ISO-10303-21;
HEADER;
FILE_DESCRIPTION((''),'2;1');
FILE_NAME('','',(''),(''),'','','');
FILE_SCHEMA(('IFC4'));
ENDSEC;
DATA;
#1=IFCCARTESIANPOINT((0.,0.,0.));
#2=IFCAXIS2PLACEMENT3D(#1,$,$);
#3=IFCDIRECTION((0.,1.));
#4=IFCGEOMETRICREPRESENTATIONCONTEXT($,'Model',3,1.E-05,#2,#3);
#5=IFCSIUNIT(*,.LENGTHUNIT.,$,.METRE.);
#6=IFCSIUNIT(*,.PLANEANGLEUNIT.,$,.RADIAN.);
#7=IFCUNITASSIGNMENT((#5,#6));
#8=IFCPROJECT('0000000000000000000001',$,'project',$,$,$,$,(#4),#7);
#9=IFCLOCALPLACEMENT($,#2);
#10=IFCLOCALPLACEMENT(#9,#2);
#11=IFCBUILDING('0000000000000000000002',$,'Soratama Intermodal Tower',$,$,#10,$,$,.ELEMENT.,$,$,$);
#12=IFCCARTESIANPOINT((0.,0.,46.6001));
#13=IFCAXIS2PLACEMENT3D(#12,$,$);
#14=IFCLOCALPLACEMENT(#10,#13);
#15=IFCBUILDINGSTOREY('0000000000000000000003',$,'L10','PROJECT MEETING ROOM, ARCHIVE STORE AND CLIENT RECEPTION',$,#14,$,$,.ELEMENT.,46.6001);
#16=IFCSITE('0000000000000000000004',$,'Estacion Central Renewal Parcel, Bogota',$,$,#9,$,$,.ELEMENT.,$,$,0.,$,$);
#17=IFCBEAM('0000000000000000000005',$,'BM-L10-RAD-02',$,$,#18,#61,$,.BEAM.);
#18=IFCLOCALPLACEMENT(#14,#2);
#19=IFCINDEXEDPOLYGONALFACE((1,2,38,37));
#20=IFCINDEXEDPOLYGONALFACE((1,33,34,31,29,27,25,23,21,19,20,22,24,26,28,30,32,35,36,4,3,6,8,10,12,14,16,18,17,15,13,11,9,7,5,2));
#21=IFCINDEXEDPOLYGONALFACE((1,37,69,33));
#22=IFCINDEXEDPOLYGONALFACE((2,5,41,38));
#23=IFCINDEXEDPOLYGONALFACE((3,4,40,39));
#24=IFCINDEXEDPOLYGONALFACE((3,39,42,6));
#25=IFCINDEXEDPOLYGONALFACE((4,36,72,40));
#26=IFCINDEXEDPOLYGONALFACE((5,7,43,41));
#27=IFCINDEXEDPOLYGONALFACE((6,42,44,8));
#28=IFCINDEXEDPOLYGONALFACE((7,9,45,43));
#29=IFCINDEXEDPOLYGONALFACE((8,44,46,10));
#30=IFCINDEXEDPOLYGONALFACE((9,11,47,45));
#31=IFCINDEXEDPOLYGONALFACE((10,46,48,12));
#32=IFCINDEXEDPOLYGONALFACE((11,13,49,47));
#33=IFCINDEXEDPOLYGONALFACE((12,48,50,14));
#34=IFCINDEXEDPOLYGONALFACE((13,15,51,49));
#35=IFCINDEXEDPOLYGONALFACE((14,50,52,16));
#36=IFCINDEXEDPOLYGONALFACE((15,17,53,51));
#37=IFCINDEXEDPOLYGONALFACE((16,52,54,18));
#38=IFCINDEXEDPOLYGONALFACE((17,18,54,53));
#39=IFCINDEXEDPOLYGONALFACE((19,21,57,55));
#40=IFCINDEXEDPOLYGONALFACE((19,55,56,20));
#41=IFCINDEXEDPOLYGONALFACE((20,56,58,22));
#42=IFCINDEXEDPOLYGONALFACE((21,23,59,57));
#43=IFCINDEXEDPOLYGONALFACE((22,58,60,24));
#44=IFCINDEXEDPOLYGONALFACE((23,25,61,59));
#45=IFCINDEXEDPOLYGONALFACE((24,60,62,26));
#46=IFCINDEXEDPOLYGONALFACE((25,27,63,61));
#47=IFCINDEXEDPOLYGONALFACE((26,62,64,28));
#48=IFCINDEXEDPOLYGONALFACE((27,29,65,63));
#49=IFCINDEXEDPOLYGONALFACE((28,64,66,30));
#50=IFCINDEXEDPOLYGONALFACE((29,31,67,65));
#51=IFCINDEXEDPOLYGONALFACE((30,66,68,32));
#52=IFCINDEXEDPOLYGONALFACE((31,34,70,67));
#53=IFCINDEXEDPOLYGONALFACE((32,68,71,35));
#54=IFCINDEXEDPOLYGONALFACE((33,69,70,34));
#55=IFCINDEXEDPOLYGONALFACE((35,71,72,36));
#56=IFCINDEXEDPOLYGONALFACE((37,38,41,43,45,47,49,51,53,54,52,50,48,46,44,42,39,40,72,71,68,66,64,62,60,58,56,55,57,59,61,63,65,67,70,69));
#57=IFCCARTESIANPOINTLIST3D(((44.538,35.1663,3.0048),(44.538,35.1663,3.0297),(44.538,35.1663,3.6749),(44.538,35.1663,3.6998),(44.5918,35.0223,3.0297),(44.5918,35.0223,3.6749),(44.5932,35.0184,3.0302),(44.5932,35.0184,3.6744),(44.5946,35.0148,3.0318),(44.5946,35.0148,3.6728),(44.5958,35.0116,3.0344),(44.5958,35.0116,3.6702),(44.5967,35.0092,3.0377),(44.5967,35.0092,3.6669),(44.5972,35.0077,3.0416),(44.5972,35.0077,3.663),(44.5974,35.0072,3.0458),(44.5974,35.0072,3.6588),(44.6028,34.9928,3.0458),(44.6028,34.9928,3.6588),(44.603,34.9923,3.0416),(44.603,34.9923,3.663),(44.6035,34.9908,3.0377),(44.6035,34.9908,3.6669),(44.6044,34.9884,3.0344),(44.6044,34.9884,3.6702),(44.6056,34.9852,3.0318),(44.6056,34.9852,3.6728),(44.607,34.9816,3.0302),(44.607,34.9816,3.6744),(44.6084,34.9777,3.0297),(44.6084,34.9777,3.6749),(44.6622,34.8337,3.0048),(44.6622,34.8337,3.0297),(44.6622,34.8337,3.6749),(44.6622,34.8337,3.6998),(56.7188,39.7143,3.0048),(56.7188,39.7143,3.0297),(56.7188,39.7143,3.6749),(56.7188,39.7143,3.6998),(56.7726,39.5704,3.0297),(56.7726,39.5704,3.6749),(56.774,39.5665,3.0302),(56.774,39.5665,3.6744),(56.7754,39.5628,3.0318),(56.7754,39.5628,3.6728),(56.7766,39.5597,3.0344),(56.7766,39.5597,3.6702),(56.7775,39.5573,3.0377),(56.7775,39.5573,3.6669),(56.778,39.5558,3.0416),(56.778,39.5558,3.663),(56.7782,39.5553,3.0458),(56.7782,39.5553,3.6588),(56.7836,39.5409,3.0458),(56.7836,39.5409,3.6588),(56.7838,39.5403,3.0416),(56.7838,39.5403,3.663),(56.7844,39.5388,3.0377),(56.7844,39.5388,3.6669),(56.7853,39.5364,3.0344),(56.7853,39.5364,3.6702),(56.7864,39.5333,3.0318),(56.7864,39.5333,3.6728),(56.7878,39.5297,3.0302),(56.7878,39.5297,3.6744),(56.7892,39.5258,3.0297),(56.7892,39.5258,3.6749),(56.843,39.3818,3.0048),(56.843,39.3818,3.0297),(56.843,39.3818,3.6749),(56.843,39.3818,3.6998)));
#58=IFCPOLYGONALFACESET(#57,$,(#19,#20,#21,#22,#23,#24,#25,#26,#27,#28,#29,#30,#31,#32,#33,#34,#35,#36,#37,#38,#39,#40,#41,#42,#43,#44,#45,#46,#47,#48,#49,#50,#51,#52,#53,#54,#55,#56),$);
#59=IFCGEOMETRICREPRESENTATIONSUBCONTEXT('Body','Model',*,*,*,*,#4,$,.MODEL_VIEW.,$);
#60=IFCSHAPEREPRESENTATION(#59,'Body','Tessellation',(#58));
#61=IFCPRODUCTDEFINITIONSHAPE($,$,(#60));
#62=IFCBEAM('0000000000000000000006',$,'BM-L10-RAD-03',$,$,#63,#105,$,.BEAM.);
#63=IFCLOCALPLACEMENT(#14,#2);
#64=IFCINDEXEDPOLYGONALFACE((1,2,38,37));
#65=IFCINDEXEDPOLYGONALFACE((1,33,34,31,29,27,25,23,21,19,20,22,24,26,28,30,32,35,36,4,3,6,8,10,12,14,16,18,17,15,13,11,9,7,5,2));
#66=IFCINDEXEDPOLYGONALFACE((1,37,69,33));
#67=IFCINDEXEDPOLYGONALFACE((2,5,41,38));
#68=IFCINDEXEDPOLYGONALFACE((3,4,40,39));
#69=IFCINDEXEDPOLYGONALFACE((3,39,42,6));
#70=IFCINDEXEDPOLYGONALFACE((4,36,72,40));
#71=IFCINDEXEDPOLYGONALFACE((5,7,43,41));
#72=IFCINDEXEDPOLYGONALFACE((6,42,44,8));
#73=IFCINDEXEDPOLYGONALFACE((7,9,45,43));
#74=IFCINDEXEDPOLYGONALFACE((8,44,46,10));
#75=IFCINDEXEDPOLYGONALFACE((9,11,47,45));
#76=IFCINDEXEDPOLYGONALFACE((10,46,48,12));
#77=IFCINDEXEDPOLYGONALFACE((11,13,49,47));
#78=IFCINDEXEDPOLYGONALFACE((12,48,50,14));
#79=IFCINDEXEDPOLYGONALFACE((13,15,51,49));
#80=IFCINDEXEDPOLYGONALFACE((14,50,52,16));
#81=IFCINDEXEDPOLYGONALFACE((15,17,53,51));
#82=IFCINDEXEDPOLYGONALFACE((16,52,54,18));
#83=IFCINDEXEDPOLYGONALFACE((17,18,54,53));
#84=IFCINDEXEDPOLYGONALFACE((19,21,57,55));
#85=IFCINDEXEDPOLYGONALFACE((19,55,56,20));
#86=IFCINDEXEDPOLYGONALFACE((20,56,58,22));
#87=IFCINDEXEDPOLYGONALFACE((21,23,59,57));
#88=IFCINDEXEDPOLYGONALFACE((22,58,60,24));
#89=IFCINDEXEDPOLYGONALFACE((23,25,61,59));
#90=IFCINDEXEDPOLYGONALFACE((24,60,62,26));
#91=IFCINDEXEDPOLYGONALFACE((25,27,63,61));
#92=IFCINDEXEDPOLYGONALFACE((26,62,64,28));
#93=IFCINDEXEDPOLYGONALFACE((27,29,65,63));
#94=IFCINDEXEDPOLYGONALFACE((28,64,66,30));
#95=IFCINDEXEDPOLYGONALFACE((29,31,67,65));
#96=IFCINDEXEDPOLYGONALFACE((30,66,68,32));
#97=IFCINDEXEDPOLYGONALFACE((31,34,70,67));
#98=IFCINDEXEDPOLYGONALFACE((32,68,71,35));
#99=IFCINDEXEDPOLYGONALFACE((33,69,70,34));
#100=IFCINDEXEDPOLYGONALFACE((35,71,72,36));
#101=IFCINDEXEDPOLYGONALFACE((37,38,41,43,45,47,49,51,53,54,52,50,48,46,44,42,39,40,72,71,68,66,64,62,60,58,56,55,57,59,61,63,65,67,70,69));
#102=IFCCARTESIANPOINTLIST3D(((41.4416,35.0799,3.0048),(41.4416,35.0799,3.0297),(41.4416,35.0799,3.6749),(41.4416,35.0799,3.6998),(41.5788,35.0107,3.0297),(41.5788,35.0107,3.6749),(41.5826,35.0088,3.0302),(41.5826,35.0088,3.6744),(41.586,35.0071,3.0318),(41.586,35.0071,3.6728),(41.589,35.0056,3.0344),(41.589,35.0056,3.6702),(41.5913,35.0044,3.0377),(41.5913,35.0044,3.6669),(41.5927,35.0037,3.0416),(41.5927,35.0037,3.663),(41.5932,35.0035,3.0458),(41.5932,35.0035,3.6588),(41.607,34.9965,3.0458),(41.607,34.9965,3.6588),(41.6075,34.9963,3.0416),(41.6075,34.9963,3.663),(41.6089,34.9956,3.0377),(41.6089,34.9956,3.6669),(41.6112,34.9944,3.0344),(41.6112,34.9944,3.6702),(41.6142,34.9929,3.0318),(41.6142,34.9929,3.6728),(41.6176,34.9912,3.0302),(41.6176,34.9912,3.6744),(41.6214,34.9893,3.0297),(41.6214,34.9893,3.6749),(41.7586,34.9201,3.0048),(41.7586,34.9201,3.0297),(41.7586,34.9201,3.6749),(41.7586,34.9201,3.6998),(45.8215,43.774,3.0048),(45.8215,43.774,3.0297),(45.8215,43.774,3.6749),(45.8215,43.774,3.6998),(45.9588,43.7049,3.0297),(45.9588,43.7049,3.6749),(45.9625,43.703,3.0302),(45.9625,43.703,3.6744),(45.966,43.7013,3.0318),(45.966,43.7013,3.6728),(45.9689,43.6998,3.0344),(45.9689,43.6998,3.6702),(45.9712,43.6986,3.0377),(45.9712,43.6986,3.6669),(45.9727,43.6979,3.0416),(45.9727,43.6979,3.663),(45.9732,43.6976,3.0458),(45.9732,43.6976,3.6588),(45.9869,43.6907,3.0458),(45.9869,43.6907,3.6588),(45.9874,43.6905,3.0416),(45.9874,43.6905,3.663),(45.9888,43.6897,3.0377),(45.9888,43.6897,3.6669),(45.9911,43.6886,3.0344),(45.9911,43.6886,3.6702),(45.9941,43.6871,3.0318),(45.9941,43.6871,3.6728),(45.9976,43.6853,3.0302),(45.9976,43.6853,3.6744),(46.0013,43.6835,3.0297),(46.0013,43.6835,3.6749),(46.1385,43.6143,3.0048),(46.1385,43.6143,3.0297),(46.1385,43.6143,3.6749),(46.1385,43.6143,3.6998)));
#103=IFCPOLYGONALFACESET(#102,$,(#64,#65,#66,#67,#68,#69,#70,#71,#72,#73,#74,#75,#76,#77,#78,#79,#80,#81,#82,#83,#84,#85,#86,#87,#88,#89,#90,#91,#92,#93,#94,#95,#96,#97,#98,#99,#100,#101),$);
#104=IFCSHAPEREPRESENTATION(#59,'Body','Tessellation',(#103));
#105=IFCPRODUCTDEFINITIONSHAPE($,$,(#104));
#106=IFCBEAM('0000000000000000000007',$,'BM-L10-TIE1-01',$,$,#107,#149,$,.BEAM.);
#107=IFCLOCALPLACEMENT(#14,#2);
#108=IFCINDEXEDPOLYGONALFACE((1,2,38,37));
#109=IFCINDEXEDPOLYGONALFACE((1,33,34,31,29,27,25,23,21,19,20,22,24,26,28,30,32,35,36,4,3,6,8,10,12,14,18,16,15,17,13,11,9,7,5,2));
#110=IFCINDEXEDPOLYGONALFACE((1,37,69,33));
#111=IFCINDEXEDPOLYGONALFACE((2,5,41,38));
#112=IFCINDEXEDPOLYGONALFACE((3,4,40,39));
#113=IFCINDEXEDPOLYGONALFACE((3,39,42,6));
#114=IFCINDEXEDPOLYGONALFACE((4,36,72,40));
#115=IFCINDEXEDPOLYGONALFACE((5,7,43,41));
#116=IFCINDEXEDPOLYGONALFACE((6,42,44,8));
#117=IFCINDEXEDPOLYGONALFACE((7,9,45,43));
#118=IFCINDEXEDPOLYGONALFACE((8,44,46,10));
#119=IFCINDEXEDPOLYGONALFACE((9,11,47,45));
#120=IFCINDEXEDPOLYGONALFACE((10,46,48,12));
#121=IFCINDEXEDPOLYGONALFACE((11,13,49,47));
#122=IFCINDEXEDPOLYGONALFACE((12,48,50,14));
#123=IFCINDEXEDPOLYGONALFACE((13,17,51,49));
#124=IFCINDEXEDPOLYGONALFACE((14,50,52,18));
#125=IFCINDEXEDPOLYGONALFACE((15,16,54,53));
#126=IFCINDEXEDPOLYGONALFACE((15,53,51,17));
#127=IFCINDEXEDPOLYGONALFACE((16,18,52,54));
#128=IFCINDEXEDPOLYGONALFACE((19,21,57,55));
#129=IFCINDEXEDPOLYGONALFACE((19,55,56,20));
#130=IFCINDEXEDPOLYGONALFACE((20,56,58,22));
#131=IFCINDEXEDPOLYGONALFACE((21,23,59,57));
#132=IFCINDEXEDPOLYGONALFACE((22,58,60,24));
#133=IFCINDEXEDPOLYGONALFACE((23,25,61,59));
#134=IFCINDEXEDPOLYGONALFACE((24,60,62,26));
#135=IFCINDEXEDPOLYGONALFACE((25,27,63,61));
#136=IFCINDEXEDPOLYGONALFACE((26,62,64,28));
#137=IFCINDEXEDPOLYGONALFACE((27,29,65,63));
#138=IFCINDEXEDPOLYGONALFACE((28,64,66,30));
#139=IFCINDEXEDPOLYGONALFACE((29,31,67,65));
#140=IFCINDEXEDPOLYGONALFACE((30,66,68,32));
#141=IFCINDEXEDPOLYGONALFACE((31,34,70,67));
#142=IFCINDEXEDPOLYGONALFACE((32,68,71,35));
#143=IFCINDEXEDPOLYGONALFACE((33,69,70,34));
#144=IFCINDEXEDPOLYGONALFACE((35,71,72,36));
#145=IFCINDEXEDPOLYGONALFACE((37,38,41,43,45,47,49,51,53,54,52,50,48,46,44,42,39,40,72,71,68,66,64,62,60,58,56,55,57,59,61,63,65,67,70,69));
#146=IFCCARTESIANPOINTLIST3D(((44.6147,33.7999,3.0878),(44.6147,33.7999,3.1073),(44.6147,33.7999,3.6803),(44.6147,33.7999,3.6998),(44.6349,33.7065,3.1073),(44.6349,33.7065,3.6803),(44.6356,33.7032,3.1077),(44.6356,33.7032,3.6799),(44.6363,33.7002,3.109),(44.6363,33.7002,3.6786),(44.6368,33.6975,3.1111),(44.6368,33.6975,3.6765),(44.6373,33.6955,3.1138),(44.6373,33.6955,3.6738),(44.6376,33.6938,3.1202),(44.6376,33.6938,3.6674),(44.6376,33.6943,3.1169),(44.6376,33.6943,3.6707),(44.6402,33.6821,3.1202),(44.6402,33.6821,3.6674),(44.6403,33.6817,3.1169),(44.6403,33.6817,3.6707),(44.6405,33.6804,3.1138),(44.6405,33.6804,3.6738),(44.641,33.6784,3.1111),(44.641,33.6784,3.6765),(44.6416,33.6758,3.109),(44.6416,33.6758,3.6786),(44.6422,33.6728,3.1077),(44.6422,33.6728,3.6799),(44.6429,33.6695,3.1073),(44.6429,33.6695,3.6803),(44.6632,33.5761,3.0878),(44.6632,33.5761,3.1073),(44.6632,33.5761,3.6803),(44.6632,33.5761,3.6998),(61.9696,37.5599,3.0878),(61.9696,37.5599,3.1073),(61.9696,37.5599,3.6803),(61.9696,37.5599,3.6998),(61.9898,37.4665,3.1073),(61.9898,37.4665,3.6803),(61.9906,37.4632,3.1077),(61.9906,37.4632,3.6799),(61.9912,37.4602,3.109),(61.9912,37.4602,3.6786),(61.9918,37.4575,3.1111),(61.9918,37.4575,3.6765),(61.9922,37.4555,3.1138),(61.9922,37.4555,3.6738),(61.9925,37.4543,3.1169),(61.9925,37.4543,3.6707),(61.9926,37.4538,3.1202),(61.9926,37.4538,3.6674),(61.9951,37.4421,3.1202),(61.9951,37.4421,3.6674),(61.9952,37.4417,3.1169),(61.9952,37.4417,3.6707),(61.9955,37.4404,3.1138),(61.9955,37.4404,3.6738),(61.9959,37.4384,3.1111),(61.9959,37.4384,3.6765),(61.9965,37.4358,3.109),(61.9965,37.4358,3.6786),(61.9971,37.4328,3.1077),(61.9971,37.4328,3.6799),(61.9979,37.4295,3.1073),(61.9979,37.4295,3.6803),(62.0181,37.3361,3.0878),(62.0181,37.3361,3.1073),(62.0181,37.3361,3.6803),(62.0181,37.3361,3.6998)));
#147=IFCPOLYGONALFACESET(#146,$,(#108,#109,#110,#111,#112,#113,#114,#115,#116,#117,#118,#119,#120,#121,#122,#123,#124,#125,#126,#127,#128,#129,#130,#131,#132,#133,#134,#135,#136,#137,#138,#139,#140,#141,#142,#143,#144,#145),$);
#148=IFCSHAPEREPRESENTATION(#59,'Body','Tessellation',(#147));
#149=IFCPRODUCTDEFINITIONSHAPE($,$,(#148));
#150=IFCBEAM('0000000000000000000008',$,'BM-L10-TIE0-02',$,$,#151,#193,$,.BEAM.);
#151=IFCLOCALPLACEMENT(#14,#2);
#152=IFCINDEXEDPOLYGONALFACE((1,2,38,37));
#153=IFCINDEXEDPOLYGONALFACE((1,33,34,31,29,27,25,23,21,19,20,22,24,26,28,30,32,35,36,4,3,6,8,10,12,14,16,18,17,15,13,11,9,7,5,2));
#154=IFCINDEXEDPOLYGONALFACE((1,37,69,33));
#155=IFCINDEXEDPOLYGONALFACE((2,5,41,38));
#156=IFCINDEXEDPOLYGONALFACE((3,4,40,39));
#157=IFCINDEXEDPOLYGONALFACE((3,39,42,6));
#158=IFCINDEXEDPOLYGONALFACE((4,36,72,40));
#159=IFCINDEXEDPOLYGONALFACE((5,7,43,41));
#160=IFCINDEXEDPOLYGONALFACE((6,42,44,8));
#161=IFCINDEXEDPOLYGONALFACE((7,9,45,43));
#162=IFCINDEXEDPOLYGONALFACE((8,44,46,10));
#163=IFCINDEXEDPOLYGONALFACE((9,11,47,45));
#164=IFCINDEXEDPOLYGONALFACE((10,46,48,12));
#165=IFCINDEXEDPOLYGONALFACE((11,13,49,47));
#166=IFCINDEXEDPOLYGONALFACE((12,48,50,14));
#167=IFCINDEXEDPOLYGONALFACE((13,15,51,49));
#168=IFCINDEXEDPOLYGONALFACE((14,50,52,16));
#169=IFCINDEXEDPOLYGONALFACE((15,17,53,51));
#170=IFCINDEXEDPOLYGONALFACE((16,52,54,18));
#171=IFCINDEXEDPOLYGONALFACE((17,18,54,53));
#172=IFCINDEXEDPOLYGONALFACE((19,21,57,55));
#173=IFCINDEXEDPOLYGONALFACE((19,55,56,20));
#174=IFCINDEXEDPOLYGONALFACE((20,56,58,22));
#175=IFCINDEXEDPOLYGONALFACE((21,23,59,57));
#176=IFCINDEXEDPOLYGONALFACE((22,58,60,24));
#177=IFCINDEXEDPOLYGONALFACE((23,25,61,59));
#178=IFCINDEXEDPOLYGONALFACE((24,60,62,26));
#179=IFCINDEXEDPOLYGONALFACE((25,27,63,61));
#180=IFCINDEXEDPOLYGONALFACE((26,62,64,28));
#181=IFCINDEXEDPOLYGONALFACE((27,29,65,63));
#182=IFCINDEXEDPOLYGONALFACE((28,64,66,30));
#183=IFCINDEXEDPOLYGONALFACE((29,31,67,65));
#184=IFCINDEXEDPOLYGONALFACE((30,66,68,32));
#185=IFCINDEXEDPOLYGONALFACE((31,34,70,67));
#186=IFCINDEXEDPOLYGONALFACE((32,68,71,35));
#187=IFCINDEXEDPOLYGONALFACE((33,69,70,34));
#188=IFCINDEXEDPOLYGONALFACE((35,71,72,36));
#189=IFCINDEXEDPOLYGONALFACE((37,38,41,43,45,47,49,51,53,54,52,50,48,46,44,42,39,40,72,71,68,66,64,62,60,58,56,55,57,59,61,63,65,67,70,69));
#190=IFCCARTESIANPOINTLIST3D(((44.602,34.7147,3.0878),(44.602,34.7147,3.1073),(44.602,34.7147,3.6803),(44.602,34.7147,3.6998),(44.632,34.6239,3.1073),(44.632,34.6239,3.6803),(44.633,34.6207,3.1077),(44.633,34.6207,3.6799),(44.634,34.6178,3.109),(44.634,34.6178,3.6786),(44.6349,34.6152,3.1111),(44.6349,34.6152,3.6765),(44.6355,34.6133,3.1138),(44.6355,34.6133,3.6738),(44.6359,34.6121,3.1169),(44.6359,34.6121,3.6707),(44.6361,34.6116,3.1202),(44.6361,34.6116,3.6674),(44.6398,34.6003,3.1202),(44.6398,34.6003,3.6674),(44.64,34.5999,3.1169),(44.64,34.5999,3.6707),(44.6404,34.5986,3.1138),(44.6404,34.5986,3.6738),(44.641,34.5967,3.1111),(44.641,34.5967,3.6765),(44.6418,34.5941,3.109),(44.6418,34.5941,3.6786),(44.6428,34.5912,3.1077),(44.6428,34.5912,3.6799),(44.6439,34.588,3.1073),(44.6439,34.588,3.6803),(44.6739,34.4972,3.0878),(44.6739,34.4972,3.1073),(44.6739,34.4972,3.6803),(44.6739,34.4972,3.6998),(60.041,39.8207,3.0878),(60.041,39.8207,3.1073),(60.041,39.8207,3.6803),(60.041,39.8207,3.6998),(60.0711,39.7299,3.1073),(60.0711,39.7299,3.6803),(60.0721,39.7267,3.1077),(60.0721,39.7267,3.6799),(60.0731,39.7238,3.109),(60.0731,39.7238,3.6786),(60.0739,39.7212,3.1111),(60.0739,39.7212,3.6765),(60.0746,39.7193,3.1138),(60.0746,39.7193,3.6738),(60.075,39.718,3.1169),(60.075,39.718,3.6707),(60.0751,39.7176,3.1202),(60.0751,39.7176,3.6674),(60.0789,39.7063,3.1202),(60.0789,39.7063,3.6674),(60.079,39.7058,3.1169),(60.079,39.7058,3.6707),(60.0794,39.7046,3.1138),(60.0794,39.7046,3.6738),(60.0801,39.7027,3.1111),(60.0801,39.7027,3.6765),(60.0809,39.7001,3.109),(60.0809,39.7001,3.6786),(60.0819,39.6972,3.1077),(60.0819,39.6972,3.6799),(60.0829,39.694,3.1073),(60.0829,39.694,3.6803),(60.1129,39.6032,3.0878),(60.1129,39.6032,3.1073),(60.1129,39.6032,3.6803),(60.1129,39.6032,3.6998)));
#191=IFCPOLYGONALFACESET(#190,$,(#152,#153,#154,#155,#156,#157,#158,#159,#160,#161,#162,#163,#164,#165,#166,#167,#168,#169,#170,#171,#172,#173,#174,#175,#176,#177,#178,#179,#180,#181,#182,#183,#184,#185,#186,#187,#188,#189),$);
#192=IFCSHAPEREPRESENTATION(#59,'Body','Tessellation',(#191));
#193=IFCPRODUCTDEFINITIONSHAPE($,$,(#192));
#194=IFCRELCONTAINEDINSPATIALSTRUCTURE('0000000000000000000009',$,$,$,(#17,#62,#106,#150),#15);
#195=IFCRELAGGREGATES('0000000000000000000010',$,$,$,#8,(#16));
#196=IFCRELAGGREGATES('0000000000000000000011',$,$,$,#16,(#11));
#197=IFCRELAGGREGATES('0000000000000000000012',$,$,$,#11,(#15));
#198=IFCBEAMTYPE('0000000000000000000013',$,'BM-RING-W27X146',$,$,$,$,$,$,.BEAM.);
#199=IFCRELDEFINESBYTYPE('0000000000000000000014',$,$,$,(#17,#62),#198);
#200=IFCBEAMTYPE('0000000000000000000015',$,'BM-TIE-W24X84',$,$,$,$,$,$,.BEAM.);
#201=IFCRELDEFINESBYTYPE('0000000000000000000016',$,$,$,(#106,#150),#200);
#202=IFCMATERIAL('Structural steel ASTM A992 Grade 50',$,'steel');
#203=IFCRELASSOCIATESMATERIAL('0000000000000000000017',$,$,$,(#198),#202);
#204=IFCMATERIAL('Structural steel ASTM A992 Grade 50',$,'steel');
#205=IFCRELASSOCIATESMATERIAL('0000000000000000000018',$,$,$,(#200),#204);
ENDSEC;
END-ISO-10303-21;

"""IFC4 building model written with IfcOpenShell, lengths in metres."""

from ifc_helpers import new_model, si_unit, direction, frame, origin, origin_2d, place, context, subcontext, project, spatial, i_section, extrude, material, material_profile, profile_set, type_object, element, save


model = new_model("IFC4")

# Units and contexts
model_context = context("Model", 3, precision=1e-05, world=origin(), true_north=direction((0.0, 1.0)))
body_context = subcontext(model_context, "Body", "Model", "MODEL_VIEW")
ifc_project = project(units=[si_unit("LENGTHUNIT", "METRE"), si_unit("PLANEANGLEUNIT", "RADIAN")], contexts=[model_context])

# Site, building, storey
site_placement = place(None, origin())
site = spatial("IfcSite", under=ifc_project, at=site_placement, Name="Estacion Central Renewal Parcel, Bogota", CompositionType="ELEMENT", RefElevation=0.0)
building_placement = place(site_placement, origin())
building = spatial("IfcBuilding", under=site, at=building_placement, Name="Soratama Intermodal Tower", CompositionType="ELEMENT")
storey_placement = place(building_placement, frame((0.0, 0.0, 46.6001)))
storey = spatial("IfcBuildingStorey", under=building, at=storey_placement, Name="L10", Description="PROJECT MEETING ROOM, ARCHIVE STORE AND CLIENT RECEPTION", CompositionType="ELEMENT", Elevation=46.6001)

# Beams
ifc_material_1 = material(Name="Structural steel ASTM A992 Grade 50", Category="steel")
ifc_material_profile_1 = material_profile(ifc_material_1, i_section(OverallWidth=0.355, OverallDepth=0.6951, WebThickness=0.0154, FlangeThickness=0.0249, FilletRadius=0.0161, at=origin_2d()), Name="W27X146")
ifc_profile_set_1 = profile_set([ifc_material_profile_1], Name="Structural steel ASTM A992 Grade 50")
beam_type_1 = type_object("IfcBeamType", Name="BM-RING-W27X146", PredefinedType="BEAM", material=ifc_profile_set_1)
beam_1_placement = place(storey_placement, frame((44.6001, 35.0, 3.3523), z_axis=(0.936827, 0.349792, 0.0), x_axis=(-0.349792, 0.936827, 0.0)))
element("IfcBeam", 1, at=beam_1_placement, inside=storey, type_object=beam_type_1, Name="BM-L10-RAD-02", PredefinedType="BEAM", context=body_context, shape_type="SweptSolid", body=[
    extrude(i_section(OverallWidth=0.355, OverallDepth=0.6951, WebThickness=0.0154, FlangeThickness=0.0249, FilletRadius=0.0161, at=origin_2d()), origin(), (0.0, 0.0, 1.0), 13.0022),
])
beam_2_placement = place(storey_placement, frame((41.6001, 35.0, 3.3523), z_axis=(0.44991, 0.893074, 0.0), x_axis=(-0.893074, 0.44991, 0.0)))
element("IfcBeam", 2, at=beam_2_placement, inside=storey, type_object=beam_type_1, Name="BM-L10-RAD-03", PredefinedType="BEAM", context=body_context, shape_type="SweptSolid", body=[
    extrude(i_section(OverallWidth=0.355, OverallDepth=0.6951, WebThickness=0.0154, FlangeThickness=0.0249, FilletRadius=0.0161, at=origin_2d()), origin(), (0.0, 0.0, 1.0), 9.7351),
])
ifc_material_2 = material(Name="Structural steel ASTM A992 Grade 50", Category="steel")
ifc_material_profile_2 = material_profile(ifc_material_2, i_section(OverallWidth=0.229, OverallDepth=0.6121, WebThickness=0.012, FlangeThickness=0.0195, FilletRadius=0.0129, at=origin_2d()), Name="W24X84")
ifc_profile_set_2 = profile_set([ifc_material_profile_2], Name="Structural steel ASTM A992 Grade 50")
beam_type_2 = type_object("IfcBeamType", Name="BM-TIE-W24X84", PredefinedType="BEAM", material=ifc_profile_set_2)
beam_3_placement = place(storey_placement, frame((44.6389, 33.688, 3.3938), z_axis=(0.977326, 0.211741, 0.0), x_axis=(-0.211741, 0.977326, 0.0)))
element("IfcBeam", 3, at=beam_3_placement, inside=storey, type_object=beam_type_2, Name="BM-L10-TIE1-01", PredefinedType="BEAM", context=body_context, shape_type="SweptSolid", body=[
    extrude(i_section(OverallWidth=0.229, OverallDepth=0.6121, WebThickness=0.012, FlangeThickness=0.0195, FilletRadius=0.0129, at=origin_2d()), origin(), (0.0, 0.0, 1.0), 17.7576),
])
beam_4_placement = place(storey_placement, frame((44.6379, 34.606, 3.3938), z_axis=(0.949425, 0.313993, 0.0), x_axis=(-0.313993, 0.949425, 0.0)))
element("IfcBeam", 4, at=beam_4_placement, inside=storey, type_object=beam_type_2, Name="BM-L10-TIE0-02", PredefinedType="BEAM", context=body_context, shape_type="SweptSolid", body=[
    extrude(i_section(OverallWidth=0.229, OverallDepth=0.6121, WebThickness=0.012, FlangeThickness=0.0195, FilletRadius=0.0129, at=origin_2d()), origin(), (0.0, 0.0, 1.0), 16.2615),
])

save(model, "model.ifc")
